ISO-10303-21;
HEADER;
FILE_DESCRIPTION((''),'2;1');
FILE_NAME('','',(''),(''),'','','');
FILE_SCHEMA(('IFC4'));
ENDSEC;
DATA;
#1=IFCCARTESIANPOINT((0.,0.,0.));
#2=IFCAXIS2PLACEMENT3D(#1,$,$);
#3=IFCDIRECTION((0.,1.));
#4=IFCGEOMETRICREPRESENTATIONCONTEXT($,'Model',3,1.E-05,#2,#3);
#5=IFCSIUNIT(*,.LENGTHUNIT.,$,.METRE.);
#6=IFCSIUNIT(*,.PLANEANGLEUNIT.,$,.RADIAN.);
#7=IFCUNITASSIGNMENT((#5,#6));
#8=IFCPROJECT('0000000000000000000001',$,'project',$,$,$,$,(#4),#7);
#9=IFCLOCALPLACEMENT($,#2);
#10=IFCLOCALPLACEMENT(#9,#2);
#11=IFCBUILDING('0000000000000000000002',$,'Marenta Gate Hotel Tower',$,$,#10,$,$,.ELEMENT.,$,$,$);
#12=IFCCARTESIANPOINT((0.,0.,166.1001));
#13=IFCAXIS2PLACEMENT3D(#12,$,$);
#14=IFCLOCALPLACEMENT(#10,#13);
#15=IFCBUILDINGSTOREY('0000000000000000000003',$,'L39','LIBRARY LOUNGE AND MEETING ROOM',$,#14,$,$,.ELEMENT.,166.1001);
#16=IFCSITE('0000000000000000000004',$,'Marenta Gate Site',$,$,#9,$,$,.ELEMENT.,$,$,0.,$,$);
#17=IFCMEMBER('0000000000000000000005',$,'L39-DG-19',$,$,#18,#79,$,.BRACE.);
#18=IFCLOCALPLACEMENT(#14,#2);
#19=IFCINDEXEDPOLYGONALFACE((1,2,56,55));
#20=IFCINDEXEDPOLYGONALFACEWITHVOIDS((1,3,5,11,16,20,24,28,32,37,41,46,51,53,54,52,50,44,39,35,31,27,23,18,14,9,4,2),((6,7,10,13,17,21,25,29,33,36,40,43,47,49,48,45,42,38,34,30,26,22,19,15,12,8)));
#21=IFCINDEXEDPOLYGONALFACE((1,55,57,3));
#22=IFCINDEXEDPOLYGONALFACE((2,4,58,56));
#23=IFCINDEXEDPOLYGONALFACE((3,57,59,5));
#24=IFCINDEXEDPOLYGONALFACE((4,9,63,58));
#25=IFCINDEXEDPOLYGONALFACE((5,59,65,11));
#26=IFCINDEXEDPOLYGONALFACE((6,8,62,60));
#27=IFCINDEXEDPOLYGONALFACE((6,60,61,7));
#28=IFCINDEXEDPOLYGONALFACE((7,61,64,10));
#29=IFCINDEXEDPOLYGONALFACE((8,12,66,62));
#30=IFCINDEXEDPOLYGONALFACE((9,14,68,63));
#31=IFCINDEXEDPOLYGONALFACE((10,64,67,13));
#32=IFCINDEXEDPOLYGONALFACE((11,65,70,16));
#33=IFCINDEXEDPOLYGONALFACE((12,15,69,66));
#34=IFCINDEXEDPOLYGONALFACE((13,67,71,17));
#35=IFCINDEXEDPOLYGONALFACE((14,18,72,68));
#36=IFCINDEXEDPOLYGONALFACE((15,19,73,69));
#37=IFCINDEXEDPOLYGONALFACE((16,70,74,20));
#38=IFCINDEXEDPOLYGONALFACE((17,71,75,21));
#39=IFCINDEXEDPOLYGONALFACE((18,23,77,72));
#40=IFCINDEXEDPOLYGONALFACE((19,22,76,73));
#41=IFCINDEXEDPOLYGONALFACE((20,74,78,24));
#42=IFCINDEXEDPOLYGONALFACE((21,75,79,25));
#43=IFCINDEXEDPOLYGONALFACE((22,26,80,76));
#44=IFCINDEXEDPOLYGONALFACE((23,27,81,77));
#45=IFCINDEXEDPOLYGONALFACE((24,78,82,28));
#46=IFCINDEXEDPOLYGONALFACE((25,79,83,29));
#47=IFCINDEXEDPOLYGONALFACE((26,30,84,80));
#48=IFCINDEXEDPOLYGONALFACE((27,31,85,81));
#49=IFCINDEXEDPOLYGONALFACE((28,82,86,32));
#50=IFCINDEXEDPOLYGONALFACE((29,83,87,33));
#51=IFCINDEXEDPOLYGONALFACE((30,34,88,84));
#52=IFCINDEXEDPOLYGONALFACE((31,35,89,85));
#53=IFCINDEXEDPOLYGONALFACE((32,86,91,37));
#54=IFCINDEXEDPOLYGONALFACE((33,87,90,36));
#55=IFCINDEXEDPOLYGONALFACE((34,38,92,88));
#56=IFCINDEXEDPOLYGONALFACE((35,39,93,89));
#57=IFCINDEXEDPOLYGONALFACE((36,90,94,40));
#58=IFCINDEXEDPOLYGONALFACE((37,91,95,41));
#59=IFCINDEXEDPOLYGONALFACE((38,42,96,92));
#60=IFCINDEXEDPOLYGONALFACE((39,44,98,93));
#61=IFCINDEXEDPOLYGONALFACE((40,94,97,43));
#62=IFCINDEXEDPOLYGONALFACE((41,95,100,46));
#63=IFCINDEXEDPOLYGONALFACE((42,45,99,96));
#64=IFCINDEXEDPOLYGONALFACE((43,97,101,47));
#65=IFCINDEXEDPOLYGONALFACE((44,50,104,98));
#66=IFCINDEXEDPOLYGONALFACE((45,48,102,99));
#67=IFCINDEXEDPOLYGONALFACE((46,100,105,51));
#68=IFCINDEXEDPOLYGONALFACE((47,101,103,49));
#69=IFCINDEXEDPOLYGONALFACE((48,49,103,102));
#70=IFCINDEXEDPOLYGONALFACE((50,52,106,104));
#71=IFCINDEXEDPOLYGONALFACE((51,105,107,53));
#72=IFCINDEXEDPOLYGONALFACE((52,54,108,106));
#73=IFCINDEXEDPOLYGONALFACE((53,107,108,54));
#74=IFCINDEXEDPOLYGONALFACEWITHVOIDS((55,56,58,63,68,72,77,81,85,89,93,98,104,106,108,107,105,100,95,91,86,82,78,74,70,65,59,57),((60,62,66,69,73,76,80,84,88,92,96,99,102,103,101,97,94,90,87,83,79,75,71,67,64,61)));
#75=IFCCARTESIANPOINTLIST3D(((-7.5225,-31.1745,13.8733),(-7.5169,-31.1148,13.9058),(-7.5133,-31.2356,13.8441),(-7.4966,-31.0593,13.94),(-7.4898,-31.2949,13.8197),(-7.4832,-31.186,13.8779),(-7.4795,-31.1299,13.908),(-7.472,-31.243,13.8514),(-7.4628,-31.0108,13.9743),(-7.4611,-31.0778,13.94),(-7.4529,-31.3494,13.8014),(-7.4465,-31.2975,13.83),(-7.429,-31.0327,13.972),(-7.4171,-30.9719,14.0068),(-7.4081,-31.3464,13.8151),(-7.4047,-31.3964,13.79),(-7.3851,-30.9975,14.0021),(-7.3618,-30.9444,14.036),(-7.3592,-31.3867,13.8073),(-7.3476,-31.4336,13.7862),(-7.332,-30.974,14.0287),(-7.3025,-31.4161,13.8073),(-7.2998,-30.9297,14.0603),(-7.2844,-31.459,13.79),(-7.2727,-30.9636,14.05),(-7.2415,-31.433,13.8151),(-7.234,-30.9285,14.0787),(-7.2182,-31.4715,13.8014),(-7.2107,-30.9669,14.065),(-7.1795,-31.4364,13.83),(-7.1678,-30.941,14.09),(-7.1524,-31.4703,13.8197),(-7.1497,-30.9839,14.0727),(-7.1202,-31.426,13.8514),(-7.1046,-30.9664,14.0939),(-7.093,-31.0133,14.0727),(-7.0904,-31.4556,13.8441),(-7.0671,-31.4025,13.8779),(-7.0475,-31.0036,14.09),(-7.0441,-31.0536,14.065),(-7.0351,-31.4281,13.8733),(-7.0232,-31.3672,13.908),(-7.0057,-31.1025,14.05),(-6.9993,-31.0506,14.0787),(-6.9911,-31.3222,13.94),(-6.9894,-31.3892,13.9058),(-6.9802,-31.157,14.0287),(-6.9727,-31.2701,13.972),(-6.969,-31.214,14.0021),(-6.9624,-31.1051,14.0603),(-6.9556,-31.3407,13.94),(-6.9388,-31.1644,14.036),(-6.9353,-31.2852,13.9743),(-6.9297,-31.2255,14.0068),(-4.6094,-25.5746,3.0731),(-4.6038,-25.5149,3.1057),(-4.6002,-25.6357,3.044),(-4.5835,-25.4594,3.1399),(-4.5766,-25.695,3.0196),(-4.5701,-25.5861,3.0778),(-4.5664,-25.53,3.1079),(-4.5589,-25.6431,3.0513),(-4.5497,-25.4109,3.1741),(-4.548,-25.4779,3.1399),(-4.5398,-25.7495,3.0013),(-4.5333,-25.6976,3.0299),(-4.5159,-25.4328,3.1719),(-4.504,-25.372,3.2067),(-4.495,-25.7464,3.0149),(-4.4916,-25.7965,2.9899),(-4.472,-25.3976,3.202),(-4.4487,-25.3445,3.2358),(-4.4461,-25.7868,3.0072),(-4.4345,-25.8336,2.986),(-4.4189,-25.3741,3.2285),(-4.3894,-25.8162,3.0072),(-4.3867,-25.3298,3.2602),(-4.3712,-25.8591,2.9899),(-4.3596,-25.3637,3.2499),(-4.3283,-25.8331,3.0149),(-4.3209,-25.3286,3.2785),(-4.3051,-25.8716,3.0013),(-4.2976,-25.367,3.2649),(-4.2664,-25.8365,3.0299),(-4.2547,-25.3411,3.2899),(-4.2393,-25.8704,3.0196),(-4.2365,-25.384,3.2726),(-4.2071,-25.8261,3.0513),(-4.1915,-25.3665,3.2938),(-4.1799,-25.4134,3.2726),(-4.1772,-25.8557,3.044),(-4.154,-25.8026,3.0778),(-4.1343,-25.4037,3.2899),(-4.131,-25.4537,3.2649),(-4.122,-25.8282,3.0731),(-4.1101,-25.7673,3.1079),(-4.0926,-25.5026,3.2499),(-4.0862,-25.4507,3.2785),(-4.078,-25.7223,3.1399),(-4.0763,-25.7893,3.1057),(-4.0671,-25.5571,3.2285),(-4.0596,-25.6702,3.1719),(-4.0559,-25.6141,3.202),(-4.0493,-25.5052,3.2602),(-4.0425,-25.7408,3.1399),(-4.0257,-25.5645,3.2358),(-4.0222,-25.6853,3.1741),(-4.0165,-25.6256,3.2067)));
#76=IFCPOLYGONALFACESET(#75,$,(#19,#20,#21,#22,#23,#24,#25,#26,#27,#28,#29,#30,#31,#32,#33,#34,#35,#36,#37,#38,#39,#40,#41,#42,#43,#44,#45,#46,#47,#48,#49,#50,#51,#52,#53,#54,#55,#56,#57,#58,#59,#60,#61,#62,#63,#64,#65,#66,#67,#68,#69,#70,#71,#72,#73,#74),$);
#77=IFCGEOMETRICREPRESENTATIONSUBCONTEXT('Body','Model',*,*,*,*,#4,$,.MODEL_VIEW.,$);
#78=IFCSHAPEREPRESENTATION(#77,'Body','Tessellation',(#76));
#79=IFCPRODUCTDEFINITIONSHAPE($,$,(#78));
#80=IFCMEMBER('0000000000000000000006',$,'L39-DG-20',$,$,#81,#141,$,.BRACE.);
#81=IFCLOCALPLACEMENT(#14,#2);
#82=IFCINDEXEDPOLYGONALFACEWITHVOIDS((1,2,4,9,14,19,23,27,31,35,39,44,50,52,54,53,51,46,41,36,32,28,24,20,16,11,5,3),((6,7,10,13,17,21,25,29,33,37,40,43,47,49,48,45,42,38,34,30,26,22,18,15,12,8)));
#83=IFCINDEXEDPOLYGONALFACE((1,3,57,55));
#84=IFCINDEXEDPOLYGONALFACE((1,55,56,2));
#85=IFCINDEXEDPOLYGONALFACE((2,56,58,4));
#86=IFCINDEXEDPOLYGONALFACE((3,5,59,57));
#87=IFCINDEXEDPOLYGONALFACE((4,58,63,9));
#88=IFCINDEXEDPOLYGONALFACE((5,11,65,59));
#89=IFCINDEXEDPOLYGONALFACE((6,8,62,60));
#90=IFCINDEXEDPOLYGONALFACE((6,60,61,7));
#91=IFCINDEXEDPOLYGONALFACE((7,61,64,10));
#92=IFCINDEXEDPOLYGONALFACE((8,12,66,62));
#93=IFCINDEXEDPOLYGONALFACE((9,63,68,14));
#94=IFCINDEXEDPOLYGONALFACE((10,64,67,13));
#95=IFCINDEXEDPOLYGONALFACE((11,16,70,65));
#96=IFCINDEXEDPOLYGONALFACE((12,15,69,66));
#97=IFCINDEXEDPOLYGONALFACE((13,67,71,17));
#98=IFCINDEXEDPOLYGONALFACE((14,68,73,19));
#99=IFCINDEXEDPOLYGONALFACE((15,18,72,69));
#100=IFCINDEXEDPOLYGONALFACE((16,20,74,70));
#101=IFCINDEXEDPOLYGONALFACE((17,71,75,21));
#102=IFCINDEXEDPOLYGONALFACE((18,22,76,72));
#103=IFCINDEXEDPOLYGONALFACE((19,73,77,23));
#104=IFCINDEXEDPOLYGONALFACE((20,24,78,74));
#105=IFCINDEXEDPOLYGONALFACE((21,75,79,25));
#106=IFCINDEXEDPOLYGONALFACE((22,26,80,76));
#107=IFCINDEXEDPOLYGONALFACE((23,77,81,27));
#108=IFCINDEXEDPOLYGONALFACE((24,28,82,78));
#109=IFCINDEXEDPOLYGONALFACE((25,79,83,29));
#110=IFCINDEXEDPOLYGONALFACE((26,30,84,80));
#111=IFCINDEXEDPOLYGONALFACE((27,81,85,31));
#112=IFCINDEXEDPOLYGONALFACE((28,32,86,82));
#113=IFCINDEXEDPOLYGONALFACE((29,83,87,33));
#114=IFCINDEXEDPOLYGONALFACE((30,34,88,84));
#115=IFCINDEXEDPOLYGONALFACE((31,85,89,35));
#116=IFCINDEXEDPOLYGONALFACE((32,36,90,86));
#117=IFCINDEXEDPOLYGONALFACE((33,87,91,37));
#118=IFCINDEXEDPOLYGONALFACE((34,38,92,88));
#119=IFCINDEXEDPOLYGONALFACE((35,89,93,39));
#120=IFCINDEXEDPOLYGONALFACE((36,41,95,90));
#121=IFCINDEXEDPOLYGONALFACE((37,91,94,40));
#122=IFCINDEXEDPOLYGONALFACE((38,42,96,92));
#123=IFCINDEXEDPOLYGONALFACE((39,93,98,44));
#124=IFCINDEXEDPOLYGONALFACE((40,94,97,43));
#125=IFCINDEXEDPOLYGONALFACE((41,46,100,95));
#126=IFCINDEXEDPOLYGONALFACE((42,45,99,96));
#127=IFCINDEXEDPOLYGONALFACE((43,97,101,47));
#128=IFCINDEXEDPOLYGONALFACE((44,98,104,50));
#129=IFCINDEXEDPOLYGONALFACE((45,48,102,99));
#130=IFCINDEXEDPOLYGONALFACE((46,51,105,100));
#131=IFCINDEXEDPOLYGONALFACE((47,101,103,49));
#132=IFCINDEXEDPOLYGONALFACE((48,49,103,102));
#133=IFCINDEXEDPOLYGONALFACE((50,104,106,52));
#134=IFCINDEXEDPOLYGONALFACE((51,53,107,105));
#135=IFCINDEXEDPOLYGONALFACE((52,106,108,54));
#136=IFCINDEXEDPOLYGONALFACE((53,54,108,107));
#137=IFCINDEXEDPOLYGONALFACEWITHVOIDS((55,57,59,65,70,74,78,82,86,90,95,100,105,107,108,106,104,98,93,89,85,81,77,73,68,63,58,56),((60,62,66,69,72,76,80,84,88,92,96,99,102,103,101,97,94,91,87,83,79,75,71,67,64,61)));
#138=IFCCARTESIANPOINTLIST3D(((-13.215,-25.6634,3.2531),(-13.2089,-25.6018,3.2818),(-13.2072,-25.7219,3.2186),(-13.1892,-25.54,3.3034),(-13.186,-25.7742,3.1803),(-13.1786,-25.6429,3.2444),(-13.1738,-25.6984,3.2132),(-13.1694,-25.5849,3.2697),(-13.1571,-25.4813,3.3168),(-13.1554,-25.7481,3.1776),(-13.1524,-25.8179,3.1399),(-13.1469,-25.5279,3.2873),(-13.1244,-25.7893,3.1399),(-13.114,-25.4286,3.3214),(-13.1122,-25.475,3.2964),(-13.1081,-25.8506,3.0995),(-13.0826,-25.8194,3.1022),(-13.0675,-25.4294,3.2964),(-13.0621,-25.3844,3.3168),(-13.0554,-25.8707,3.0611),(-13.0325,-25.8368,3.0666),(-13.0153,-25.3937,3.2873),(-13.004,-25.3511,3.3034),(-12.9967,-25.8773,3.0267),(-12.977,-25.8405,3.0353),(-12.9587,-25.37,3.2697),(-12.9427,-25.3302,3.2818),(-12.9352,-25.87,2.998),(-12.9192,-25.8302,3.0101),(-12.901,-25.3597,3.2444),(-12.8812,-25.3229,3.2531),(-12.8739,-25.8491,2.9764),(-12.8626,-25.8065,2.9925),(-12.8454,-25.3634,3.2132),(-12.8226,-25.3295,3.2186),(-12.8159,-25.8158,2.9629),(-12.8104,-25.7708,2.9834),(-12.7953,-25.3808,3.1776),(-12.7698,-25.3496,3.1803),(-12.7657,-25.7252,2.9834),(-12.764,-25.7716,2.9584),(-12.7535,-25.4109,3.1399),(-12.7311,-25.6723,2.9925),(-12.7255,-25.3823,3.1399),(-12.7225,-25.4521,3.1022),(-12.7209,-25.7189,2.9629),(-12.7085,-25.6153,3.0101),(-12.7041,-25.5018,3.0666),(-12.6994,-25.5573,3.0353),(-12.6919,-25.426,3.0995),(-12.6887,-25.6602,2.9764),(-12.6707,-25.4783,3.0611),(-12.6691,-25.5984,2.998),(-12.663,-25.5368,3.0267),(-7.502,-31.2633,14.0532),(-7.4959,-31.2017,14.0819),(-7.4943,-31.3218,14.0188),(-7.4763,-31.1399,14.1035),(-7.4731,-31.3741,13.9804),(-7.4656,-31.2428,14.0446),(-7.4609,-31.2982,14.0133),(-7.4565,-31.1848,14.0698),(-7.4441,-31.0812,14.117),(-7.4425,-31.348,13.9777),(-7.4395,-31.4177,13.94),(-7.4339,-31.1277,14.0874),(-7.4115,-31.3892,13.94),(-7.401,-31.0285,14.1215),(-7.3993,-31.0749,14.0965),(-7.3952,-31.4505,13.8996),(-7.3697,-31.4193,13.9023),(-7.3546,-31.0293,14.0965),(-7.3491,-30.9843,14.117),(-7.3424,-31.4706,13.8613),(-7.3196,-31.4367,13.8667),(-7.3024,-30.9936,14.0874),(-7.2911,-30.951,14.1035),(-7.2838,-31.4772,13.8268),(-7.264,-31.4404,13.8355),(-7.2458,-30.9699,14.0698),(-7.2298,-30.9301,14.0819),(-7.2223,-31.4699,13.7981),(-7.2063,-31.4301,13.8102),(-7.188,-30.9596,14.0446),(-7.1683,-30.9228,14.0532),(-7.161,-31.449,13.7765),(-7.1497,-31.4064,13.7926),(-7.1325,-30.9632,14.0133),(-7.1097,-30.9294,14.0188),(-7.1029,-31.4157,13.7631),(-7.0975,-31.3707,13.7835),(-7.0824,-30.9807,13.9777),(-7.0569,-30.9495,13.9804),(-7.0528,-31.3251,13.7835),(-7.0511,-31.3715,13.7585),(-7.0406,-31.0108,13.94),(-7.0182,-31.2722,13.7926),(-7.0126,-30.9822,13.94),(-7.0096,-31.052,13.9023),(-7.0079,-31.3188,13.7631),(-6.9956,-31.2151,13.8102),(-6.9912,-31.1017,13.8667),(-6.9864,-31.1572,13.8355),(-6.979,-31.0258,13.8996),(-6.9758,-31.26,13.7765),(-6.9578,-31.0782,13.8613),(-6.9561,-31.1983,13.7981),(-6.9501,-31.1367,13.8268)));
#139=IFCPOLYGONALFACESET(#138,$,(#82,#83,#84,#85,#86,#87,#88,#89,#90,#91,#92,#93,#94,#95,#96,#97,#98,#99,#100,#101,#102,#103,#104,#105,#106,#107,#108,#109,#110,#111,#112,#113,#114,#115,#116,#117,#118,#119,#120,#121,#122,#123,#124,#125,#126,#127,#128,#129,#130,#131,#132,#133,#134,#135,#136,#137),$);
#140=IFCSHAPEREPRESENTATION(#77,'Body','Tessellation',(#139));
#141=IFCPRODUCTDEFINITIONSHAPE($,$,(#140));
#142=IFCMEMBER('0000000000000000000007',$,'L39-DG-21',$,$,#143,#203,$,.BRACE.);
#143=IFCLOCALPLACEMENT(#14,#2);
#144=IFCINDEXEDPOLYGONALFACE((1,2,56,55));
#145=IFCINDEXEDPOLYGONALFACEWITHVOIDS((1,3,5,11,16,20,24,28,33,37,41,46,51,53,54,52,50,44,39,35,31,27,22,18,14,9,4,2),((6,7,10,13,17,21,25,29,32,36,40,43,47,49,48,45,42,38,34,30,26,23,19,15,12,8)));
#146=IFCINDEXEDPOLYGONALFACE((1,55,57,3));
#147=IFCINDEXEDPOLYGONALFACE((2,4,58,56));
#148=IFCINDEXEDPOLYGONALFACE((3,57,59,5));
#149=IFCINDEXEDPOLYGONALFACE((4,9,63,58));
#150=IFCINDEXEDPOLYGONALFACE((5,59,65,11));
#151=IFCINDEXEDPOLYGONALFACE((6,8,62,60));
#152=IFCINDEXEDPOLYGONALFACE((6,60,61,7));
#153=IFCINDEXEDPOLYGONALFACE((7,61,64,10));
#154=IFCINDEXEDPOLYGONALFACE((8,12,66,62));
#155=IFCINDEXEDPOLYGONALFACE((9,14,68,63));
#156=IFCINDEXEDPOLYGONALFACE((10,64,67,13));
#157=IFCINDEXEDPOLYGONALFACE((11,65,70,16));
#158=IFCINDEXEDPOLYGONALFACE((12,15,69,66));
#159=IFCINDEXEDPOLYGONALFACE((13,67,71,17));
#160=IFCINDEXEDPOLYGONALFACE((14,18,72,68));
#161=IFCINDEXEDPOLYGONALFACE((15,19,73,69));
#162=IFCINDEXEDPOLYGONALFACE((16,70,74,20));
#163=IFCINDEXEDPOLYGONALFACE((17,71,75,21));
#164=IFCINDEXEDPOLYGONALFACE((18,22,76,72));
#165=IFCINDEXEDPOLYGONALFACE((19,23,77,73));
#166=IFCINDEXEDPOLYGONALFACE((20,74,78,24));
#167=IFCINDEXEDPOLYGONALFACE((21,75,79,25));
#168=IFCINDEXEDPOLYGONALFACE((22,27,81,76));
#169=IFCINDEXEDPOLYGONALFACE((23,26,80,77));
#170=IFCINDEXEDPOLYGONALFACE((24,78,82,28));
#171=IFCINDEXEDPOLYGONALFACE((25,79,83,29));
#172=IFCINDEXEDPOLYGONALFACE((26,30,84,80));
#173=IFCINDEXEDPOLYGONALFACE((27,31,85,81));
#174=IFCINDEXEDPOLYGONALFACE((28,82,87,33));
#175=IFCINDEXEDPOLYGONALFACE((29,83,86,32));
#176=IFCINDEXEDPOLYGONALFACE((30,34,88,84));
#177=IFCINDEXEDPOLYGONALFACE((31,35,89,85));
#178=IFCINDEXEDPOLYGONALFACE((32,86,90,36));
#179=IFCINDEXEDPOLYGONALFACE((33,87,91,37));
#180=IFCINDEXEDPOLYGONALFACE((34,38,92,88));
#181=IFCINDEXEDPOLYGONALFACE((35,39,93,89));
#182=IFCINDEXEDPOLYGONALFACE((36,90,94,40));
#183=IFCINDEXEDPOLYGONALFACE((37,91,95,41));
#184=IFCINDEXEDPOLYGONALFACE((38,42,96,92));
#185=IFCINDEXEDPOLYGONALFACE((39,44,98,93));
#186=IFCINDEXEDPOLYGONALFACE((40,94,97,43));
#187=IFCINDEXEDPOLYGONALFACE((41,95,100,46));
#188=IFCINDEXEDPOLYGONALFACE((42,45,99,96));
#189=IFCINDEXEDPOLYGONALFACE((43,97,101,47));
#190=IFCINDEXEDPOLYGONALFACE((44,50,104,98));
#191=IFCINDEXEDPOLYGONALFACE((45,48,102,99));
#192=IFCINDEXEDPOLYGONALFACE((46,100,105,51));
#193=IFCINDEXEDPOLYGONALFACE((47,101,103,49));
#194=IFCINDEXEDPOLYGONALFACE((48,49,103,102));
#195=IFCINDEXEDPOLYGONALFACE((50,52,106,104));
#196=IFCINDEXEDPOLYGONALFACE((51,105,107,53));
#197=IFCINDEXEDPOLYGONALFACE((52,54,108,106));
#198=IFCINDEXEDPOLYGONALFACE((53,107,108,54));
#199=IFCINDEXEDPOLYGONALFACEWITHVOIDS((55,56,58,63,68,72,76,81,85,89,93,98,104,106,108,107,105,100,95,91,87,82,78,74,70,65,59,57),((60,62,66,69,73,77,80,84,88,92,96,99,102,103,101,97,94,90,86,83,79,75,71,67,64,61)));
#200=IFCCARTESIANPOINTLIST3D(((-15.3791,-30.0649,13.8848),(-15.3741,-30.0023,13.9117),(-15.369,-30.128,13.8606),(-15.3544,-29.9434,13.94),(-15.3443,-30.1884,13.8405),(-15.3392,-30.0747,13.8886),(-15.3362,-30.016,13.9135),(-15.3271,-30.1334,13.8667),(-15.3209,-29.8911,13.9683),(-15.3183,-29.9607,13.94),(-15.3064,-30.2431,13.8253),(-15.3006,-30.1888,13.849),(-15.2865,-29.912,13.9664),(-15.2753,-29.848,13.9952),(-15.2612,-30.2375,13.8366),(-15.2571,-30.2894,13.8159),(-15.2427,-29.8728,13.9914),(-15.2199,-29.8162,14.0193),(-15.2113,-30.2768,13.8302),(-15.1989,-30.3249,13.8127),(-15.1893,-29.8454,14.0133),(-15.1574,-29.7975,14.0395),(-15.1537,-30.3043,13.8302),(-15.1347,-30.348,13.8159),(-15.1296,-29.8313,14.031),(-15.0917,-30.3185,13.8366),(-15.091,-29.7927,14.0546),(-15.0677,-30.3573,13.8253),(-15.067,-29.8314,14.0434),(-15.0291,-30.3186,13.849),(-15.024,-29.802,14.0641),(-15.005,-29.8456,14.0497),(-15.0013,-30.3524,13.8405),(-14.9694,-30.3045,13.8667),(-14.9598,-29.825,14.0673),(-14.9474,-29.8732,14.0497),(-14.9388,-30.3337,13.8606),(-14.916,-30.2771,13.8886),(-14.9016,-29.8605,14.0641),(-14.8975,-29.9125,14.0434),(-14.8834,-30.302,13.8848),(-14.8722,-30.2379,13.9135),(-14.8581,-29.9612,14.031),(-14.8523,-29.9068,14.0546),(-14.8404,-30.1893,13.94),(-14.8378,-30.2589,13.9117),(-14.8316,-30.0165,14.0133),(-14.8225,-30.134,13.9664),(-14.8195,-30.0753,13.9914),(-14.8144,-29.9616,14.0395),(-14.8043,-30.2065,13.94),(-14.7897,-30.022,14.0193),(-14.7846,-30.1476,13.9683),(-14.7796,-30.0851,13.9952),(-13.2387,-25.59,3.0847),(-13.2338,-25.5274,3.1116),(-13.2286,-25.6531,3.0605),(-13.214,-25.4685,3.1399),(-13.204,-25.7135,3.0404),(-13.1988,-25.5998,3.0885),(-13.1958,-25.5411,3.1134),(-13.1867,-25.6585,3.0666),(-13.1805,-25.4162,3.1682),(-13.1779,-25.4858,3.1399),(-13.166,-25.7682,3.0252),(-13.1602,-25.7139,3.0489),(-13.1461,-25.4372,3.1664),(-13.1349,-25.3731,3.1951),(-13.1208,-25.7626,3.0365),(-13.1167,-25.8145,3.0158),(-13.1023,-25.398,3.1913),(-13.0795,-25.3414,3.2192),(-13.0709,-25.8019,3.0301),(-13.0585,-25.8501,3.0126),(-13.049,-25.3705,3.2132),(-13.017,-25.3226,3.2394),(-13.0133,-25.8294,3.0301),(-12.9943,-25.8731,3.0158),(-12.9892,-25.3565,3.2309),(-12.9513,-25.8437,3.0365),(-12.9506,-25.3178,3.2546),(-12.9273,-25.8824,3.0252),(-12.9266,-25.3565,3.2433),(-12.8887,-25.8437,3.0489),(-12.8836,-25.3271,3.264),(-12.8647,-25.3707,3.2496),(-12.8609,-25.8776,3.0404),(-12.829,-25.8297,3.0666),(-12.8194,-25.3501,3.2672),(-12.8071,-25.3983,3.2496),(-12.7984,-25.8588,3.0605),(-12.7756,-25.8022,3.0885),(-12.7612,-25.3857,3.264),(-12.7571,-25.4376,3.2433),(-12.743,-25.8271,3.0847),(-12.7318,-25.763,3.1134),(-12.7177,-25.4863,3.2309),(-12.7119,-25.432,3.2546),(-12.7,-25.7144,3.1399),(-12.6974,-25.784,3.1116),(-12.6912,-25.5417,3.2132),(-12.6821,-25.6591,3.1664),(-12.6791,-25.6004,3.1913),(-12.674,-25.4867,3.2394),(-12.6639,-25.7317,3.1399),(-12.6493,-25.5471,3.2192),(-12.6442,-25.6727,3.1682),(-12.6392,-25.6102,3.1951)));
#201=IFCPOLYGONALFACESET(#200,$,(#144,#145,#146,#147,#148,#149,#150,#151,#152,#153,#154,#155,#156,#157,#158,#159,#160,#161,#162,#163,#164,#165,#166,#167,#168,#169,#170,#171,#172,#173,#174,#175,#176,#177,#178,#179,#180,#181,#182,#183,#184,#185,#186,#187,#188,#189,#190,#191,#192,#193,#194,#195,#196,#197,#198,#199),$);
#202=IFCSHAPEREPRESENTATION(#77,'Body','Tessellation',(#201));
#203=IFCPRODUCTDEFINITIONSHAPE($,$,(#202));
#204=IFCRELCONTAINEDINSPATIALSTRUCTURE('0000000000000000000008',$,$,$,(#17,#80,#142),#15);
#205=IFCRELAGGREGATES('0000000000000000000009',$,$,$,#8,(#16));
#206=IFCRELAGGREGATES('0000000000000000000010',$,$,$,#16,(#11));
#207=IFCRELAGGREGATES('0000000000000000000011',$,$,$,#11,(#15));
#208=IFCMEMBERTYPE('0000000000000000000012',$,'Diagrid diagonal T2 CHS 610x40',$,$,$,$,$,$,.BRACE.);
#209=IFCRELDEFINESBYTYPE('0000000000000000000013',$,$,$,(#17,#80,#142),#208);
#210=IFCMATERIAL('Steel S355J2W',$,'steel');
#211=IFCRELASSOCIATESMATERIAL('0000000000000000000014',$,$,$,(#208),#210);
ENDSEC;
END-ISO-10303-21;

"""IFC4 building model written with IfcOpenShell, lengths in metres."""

from ifc_helpers import new_model, si_unit, direction, frame, origin, origin_2d, place, context, subcontext, project, spatial, hollow_circle, extrude, material, material_profile, profile_set, type_object, element, save


model = new_model("IFC4")

# Units and contexts
model_context = context("Model", 3, precision=1e-05, world=origin(), true_north=direction((0.0, 1.0)))
body_context = subcontext(model_context, "Body", "Model", "MODEL_VIEW")
ifc_project = project(units=[si_unit("LENGTHUNIT", "METRE"), si_unit("PLANEANGLEUNIT", "RADIAN")], contexts=[model_context])

# Site, building, storey
site_placement = place(None, origin())
site = spatial("IfcSite", under=ifc_project, at=site_placement, Name="Marenta Gate Site", CompositionType="ELEMENT", RefElevation=0.0)
building_placement = place(site_placement, origin())
building = spatial("IfcBuilding", under=site, at=building_placement, Name="Marenta Gate Hotel Tower", CompositionType="ELEMENT")
storey_placement = place(building_placement, frame((0.0, 0.0, 166.1001)))
storey = spatial("IfcBuildingStorey", under=building, at=storey_placement, Name="L39", Description="LIBRARY LOUNGE AND MEETING ROOM", CompositionType="ELEMENT", Elevation=166.1001)

# Members
ifc_material_1 = material(Name="Steel S355J2W", Category="steel")
ifc_material_profile_1 = material_profile(ifc_material_1, hollow_circle(Radius=0.3049, WallThickness=0.04, at=origin_2d()), Name="CHS 610x40")
ifc_profile_set_1 = profile_set([ifc_material_profile_1], Name="Steel S355J2W")
member_type_1 = type_object("IfcMemberType", Name="Diagrid diagonal T2 CHS 610x40", PredefinedType="BRACE", material=ifc_profile_set_1)
member_1_placement = place(storey_placement, frame((-4.313, -25.6001, 3.1399), z_axis=(-0.232871, -0.447651, 0.863354), x_axis=(0.887141, -0.461498, 0.0)))
element("IfcMember", 1, at=member_1_placement, inside=storey, type_object=member_type_1, Name="L39-DG-19", PredefinedType="BRACE", context=body_context, shape_type="SweptSolid", body=[
    extrude(hollow_circle(Radius=0.3049, WallThickness=0.04, at=origin_2d()), origin(), (0.0, 0.0, 1.0), 12.5095),
])
member_2_placement = place(storey_placement, frame((-12.939, -25.6001, 3.1399), z_axis=(0.425063, -0.416652, 0.803569), x_axis=(0.700006, 0.714137, 0.0)))
element("IfcMember", 2, at=member_2_placement, inside=storey, type_object=member_type_1, Name="L39-DG-20", PredefinedType="BRACE", context=body_context, shape_type="SweptSolid", body=[
    extrude(hollow_circle(Radius=0.3049, WallThickness=0.04, at=origin_2d()), origin(), (0.0, 0.0, 1.0), 13.4402),
])
member_3_placement = place(storey_placement, frame((-12.939, -25.6001, 3.1399), z_axis=(-0.180095, -0.376522, 0.908734), x_axis=(0.902116, -0.431494, 0.0)))
element("IfcMember", 3, at=member_3_placement, inside=storey, type_object=member_type_1, Name="L39-DG-21", PredefinedType="BRACE", context=body_context, shape_type="SweptSolid", body=[
    extrude(hollow_circle(Radius=0.3049, WallThickness=0.04, at=origin_2d()), origin(), (0.0, 0.0, 1.0), 11.8848),
])

save(model, "model.ifc")
